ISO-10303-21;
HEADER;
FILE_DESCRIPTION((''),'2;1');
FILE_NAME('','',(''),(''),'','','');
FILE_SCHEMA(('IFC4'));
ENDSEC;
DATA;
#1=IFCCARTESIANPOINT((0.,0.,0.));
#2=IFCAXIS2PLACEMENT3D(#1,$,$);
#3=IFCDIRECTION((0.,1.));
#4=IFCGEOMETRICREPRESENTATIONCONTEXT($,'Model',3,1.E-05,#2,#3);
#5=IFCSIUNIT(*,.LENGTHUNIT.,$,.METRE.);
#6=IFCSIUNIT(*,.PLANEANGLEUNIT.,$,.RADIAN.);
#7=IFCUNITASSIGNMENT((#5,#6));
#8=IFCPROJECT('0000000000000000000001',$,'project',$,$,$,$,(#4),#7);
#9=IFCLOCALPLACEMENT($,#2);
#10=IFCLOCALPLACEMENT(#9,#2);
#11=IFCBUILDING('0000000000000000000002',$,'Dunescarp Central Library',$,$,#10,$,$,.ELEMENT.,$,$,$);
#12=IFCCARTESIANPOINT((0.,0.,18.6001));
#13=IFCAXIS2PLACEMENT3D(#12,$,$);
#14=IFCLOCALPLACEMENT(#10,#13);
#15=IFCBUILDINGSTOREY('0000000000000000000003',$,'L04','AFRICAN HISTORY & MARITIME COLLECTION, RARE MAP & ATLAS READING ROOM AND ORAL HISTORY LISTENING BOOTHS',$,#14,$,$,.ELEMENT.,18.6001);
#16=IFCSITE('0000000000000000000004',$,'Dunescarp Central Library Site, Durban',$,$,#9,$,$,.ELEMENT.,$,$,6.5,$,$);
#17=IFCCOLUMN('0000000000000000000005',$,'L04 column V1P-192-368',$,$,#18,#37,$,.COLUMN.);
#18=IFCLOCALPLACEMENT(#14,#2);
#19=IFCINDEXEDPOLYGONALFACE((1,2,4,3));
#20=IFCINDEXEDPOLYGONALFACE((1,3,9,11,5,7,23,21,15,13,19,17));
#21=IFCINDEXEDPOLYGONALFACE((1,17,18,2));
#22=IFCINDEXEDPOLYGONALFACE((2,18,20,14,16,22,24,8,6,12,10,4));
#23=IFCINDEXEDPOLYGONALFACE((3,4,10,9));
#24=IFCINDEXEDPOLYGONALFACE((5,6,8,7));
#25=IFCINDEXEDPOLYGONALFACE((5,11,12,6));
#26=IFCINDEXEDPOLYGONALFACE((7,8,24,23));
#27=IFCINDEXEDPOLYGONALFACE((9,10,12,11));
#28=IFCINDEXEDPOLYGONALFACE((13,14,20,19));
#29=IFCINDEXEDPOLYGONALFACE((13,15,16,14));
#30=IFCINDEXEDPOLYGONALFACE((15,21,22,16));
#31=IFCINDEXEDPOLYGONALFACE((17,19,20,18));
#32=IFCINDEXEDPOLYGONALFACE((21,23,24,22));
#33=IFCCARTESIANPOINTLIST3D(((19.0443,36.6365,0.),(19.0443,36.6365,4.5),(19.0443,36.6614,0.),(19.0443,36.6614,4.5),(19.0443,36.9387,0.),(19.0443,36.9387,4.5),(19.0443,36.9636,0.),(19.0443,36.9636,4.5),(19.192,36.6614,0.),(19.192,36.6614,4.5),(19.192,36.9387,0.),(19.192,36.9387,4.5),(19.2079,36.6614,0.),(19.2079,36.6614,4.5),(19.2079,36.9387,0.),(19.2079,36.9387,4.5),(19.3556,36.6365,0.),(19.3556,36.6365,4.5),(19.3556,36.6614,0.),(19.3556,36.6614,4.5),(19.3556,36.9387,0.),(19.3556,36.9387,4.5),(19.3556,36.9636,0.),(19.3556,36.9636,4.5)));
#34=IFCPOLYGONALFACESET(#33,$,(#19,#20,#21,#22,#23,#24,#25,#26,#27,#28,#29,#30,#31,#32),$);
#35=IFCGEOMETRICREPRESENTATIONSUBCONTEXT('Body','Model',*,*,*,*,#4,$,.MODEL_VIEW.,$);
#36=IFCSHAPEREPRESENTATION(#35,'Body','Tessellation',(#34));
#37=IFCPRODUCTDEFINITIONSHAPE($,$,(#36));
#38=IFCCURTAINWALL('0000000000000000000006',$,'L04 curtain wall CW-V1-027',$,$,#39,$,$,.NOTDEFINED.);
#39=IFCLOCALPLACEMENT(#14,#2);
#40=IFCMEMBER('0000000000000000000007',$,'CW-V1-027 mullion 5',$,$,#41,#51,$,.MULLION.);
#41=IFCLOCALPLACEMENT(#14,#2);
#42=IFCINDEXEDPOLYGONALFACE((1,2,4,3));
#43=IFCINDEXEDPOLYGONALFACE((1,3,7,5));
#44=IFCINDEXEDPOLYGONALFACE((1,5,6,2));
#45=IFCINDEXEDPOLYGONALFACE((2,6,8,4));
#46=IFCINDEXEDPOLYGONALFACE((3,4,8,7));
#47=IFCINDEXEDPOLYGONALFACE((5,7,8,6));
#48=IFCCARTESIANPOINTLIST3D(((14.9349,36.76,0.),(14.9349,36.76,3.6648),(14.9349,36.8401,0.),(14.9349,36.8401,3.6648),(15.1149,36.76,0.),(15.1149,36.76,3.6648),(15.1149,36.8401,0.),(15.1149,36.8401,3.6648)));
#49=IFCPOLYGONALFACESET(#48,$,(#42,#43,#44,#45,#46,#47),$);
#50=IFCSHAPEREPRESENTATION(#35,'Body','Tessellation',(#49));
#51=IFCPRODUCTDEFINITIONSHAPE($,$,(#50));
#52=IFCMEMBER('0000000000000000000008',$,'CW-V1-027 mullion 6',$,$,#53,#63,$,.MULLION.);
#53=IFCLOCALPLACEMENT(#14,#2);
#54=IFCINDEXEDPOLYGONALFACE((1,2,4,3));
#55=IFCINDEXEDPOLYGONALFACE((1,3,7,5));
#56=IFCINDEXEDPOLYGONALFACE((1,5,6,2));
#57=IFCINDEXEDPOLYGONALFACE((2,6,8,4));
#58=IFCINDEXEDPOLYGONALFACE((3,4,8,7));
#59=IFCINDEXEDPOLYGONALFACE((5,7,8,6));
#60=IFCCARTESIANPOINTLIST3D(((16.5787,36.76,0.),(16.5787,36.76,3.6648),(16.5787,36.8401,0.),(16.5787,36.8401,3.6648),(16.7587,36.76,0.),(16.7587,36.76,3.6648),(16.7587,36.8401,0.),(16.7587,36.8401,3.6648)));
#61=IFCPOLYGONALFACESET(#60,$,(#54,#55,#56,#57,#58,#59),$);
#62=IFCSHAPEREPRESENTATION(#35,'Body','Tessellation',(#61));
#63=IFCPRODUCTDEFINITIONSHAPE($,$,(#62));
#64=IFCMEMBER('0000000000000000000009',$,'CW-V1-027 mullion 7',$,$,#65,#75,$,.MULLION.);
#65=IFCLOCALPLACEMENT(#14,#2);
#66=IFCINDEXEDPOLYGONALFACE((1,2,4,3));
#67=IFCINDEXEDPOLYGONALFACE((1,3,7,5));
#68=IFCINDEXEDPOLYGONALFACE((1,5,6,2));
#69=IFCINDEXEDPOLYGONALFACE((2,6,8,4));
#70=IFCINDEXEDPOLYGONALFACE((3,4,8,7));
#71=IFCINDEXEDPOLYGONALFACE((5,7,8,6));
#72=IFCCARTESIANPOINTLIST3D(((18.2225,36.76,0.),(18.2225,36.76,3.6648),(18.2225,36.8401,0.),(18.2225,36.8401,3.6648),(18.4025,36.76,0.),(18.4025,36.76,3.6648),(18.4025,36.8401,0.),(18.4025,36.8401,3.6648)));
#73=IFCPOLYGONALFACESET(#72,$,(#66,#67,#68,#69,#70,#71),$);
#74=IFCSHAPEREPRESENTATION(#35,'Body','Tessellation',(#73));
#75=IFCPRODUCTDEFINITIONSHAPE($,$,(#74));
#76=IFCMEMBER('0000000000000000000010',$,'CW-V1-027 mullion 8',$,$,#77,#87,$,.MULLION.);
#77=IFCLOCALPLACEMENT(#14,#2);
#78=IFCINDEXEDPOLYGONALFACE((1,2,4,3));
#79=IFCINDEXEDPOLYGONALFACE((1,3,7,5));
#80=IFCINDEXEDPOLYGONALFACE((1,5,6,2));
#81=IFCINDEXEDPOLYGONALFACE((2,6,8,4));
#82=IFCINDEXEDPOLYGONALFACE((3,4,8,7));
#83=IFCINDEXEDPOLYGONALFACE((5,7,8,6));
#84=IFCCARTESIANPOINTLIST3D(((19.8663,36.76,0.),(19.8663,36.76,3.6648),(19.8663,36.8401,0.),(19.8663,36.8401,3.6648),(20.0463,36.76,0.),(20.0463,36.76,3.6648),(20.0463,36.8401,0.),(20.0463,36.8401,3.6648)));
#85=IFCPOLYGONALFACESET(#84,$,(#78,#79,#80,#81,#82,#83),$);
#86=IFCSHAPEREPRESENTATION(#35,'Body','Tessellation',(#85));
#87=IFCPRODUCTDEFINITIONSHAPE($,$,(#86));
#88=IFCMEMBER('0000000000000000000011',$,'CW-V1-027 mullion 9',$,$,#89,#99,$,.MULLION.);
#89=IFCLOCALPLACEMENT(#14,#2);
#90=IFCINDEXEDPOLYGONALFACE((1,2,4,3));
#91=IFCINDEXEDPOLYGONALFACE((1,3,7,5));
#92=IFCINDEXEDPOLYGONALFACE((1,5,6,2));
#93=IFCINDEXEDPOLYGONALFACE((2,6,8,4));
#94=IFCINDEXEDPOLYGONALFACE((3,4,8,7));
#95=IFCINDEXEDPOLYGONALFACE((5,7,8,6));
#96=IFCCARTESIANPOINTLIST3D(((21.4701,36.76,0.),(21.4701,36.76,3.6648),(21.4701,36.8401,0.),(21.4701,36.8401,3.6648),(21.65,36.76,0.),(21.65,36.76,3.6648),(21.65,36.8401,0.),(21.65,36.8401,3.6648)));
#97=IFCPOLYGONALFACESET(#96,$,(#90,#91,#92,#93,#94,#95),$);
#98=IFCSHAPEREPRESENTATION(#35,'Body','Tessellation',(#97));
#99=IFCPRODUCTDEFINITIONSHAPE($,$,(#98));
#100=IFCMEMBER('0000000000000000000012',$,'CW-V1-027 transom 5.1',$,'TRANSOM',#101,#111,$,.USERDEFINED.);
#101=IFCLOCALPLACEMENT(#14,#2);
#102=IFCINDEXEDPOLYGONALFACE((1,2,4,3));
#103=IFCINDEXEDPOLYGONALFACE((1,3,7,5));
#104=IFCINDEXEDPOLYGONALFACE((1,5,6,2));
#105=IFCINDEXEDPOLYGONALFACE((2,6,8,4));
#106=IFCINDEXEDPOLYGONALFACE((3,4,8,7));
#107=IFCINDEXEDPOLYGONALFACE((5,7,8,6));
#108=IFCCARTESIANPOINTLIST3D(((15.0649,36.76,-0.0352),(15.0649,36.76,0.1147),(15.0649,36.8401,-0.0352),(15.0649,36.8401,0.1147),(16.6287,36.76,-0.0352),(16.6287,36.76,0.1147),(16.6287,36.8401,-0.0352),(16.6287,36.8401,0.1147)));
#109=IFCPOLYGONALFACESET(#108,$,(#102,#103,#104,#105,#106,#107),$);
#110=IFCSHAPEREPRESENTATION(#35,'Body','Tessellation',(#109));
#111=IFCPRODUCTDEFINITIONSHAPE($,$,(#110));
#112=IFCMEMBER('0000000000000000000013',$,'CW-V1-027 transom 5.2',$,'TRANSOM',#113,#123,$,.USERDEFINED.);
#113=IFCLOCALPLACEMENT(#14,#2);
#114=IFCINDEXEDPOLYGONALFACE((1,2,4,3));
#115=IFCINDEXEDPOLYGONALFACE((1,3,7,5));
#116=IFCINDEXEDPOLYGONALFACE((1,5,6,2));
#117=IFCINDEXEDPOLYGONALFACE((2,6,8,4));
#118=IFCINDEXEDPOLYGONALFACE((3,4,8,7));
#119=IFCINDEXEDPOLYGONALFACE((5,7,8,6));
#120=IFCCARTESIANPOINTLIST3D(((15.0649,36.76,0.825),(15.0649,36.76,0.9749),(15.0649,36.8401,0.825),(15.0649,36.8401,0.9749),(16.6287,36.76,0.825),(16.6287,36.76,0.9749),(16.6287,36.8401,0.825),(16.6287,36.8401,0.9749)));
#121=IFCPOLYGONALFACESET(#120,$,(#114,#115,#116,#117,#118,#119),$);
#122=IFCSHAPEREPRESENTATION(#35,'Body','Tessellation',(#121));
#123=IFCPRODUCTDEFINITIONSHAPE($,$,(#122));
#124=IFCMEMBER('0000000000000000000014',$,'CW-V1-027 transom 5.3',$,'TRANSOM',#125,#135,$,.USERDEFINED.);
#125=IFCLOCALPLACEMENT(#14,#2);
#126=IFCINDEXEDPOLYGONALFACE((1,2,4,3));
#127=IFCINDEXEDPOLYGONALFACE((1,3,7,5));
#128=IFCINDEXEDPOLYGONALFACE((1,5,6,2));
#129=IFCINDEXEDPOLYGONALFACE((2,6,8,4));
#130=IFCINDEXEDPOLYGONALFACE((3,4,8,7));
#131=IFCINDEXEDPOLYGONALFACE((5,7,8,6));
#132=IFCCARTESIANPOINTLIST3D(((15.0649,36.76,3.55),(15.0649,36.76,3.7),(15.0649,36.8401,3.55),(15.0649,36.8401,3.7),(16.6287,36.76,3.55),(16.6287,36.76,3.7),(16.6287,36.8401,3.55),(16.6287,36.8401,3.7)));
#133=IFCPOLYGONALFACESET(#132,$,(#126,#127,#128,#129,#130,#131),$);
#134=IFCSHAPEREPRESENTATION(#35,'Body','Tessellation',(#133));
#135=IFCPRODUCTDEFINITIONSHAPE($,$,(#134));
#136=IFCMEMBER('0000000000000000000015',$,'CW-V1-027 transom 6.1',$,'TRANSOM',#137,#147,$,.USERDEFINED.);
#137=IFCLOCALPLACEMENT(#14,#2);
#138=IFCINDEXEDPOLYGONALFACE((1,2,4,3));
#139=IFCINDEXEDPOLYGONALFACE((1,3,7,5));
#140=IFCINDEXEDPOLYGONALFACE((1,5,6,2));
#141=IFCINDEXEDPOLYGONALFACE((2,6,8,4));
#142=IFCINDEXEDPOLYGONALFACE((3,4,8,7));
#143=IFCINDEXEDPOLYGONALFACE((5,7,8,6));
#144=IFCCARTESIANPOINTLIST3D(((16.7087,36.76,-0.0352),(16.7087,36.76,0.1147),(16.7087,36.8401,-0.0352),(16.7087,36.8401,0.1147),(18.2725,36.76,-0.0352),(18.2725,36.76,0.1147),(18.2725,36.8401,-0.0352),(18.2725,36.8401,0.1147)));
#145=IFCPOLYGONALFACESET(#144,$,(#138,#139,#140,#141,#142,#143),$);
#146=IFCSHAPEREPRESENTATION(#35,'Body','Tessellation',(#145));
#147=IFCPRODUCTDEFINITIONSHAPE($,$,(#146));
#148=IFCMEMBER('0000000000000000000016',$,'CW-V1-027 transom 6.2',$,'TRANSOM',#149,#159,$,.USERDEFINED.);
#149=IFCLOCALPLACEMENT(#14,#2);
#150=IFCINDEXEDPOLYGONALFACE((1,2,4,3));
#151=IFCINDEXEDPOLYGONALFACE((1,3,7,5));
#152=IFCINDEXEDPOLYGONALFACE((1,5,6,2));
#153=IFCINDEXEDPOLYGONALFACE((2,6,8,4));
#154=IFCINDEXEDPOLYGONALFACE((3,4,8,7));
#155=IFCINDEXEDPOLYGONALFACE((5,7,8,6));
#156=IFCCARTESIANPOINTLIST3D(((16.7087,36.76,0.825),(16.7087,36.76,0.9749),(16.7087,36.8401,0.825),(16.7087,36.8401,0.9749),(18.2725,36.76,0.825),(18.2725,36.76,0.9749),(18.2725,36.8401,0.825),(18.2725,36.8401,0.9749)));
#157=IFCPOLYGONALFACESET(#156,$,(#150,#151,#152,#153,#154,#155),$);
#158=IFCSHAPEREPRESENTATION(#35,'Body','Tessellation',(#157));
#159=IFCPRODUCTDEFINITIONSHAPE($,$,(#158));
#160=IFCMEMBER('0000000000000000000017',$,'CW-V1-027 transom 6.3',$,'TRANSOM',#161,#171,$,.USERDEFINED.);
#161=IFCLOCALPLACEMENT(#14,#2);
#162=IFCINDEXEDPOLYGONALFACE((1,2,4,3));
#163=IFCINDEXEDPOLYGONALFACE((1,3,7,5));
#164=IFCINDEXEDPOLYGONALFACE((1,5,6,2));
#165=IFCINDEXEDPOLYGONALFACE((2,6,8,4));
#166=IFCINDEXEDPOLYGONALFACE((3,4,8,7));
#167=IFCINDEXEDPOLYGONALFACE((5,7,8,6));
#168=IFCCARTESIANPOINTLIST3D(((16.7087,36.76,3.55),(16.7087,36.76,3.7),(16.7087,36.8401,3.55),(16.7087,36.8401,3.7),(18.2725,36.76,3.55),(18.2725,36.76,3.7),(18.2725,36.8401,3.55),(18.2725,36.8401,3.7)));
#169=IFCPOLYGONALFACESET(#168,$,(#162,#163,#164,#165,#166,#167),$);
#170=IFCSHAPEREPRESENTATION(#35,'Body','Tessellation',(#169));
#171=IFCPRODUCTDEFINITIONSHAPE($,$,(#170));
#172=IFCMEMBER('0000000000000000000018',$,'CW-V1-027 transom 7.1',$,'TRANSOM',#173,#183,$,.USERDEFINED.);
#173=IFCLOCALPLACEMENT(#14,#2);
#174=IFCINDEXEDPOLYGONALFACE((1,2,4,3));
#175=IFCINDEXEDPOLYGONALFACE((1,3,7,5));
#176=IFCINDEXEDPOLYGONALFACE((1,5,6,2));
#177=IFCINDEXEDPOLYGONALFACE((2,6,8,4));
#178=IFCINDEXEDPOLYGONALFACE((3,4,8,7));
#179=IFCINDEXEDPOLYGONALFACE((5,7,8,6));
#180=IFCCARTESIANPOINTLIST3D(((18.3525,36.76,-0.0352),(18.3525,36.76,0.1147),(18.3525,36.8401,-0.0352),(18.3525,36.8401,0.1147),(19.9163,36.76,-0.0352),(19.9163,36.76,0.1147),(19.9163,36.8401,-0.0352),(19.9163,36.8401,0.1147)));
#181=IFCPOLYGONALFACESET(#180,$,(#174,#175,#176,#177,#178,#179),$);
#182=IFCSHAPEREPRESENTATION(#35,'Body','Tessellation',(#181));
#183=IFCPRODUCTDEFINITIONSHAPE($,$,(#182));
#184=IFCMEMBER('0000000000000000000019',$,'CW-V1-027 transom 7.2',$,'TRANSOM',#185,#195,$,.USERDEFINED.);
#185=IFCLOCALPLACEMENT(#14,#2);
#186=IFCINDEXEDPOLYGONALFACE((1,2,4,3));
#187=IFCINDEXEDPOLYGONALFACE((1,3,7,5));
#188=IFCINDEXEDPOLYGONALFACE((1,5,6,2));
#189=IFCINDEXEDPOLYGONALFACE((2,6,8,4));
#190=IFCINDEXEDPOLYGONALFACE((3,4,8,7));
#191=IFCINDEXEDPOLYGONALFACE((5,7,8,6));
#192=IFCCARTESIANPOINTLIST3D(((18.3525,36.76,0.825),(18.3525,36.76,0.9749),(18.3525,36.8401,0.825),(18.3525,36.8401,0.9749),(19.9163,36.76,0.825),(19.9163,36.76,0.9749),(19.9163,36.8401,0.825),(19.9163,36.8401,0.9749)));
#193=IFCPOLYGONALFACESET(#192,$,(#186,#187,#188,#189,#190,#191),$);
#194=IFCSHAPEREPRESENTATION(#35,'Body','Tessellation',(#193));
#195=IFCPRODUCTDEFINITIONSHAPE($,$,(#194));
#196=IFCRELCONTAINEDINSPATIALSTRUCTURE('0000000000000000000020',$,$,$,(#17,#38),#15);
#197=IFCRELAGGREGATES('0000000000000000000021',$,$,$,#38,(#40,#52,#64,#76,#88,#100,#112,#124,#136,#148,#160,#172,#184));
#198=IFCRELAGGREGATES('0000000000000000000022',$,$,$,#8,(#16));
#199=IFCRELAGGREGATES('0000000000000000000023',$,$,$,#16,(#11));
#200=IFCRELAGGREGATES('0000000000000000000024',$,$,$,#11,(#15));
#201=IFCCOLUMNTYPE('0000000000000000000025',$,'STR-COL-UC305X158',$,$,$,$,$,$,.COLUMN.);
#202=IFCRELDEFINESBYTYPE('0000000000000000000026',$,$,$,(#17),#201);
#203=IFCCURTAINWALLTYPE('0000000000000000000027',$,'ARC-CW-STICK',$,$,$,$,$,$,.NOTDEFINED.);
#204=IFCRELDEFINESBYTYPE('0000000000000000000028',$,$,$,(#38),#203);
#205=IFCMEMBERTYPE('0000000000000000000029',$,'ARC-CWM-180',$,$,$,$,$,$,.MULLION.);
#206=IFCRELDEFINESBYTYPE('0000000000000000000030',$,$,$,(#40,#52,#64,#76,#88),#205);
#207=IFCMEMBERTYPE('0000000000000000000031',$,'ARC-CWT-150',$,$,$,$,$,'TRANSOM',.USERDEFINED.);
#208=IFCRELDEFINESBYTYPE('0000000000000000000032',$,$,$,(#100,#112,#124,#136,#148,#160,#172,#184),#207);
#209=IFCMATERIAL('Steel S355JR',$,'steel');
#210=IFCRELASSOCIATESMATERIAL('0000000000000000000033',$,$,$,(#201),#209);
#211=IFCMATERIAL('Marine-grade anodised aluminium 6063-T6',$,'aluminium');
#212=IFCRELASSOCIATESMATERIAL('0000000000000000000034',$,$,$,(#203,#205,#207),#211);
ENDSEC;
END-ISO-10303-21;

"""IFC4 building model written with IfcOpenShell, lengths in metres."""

from ifc_helpers import new_model, si_unit, direction, frame, origin, origin_2d, place, context, subcontext, project, spatial, rectangle, i_section, extrude, material, material_profile, profile_set, type_object, element, aggregate, save


model = new_model("IFC4")

# Units and contexts
model_context = context("Model", 3, precision=1e-05, world=origin(), true_north=direction((0.0, 1.0)))
body_context = subcontext(model_context, "Body", "Model", "MODEL_VIEW")
ifc_project = project(units=[si_unit("LENGTHUNIT", "METRE"), si_unit("PLANEANGLEUNIT", "RADIAN")], contexts=[model_context])

# Site, building, storey
site_placement = place(None, origin())
site = spatial("IfcSite", under=ifc_project, at=site_placement, Name="Dunescarp Central Library Site, Durban", CompositionType="ELEMENT", RefElevation=6.5)
building_placement = place(site_placement, origin())
building = spatial("IfcBuilding", under=site, at=building_placement, Name="Dunescarp Central Library", CompositionType="ELEMENT")
storey_placement = place(building_placement, frame((0.0, 0.0, 18.6001)))
storey = spatial("IfcBuildingStorey", under=building, at=storey_placement, Name="L04", Description="AFRICAN HISTORY & MARITIME COLLECTION, RARE MAP & ATLAS READING ROOM AND ORAL HISTORY LISTENING BOOTHS", CompositionType="ELEMENT", Elevation=18.6001)

# Column
ifc_material_1 = material(Name="Steel S355JR", Category="steel")
ifc_material_profile_1 = material_profile(ifc_material_1, i_section(OverallWidth=0.3113, OverallDepth=0.3271, WebThickness=0.0159, FlangeThickness=0.0249, at=origin_2d()), Name="UC 305x305x158")
ifc_profile_set_1 = profile_set([ifc_material_profile_1], Name="Steel S355JR")
column_type = type_object("IfcColumnType", Name="STR-COL-UC305X158", PredefinedType="COLUMN", material=ifc_profile_set_1)
column_placement = place(storey_placement, frame((19.2, 36.8, 0.0), z_axis=(0.0, 0.0, 1.0), x_axis=(1.0, 0.0, 0.0)))
element("IfcColumn", 1, at=column_placement, inside=storey, type_object=column_type, Name="L04 column V1P-192-368", PredefinedType="COLUMN", context=body_context, shape_type="SweptSolid", body=[
    extrude(i_section(OverallWidth=0.3113, OverallDepth=0.3271, WebThickness=0.0159, FlangeThickness=0.0249, at=origin_2d()), origin(), (0.0, 0.0, 1.0), 4.5),
])

# Curtain wall, members
ifc_material_2 = material(Name="Marine-grade anodised aluminium 6063-T6", Category="aluminium")
curtain_wall_type = type_object("IfcCurtainWallType", Name="ARC-CW-STICK", PredefinedType="NOTDEFINED", material=ifc_material_2)
curtain_wall_placement = place(storey_placement, origin())
curtain_wall = element("IfcCurtainWall", 2, at=curtain_wall_placement, inside=storey, type_object=curtain_wall_type, Name="L04 curtain wall CW-V1-027", PredefinedType="NOTDEFINED")
ifc_material_profile_2 = material_profile(ifc_material_2, rectangle(XDim=0.0801, YDim=0.1799, at=origin_2d()), Name="AL 80x180")
ifc_profile_set_2 = profile_set([ifc_material_profile_2], Name="Marine-grade anodised aluminium 6063-T6")
member_type_1 = type_object("IfcMemberType", Name="ARC-CWM-180", PredefinedType="MULLION", material=ifc_profile_set_2)
member_1_placement = place(storey_placement, frame((15.0249, 36.8, 0.0), z_axis=(0.0, 0.0, 1.0), x_axis=(0.0, 1.0, 0.0)))
member_1 = element("IfcMember", 3, at=member_1_placement, type_object=member_type_1, Name="CW-V1-027 mullion 5", PredefinedType="MULLION", context=body_context, shape_type="SweptSolid", body=[
    extrude(rectangle(XDim=0.0801, YDim=0.1799, at=origin_2d()), origin(), (0.0, 0.0, 1.0), 3.6648),
])
member_2_placement = place(storey_placement, frame((16.6687, 36.8, 0.0), z_axis=(0.0, 0.0, 1.0), x_axis=(0.0, 1.0, 0.0)))
member_2 = element("IfcMember", 4, at=member_2_placement, type_object=member_type_1, Name="CW-V1-027 mullion 6", PredefinedType="MULLION", context=body_context, shape_type="SweptSolid", body=[
    extrude(rectangle(XDim=0.0801, YDim=0.1799, at=origin_2d()), origin(), (0.0, 0.0, 1.0), 3.6648),
])
member_3_placement = place(storey_placement, frame((18.3125, 36.8, 0.0), z_axis=(0.0, 0.0, 1.0), x_axis=(0.0, 1.0, 0.0)))
member_3 = element("IfcMember", 5, at=member_3_placement, type_object=member_type_1, Name="CW-V1-027 mullion 7", PredefinedType="MULLION", context=body_context, shape_type="SweptSolid", body=[
    extrude(rectangle(XDim=0.0801, YDim=0.1799, at=origin_2d()), origin(), (0.0, 0.0, 1.0), 3.6648),
])
member_4_placement = place(storey_placement, frame((19.9563, 36.8, 0.0), z_axis=(0.0, 0.0, 1.0), x_axis=(0.0, 1.0, 0.0)))
member_4 = element("IfcMember", 6, at=member_4_placement, type_object=member_type_1, Name="CW-V1-027 mullion 8", PredefinedType="MULLION", context=body_context, shape_type="SweptSolid", body=[
    extrude(rectangle(XDim=0.0801, YDim=0.1799, at=origin_2d()), origin(), (0.0, 0.0, 1.0), 3.6648),
])
member_5_placement = place(storey_placement, frame((21.5601, 36.8, 0.0), z_axis=(0.0, 0.0, 1.0), x_axis=(0.0, 1.0, 0.0)))
member_5 = element("IfcMember", 7, at=member_5_placement, type_object=member_type_1, Name="CW-V1-027 mullion 9", PredefinedType="MULLION", context=body_context, shape_type="SweptSolid", body=[
    extrude(rectangle(XDim=0.0801, YDim=0.1799, at=origin_2d()), origin(), (0.0, 0.0, 1.0), 3.6648),
])
ifc_material_profile_3 = material_profile(ifc_material_2, rectangle(XDim=0.0801, YDim=0.1499, at=origin_2d()), Name="AL 80x150")
ifc_profile_set_3 = profile_set([ifc_material_profile_3], Name="Marine-grade anodised aluminium 6063-T6")
member_type_2 = type_object("IfcMemberType", Name="ARC-CWT-150", ElementType="TRANSOM", PredefinedType="USERDEFINED", material=ifc_profile_set_3)
member_6_placement = place(storey_placement, frame((15.0649, 36.8, 0.0398), z_axis=(1.0, 0.0, 0.0), x_axis=(0.0, 1.0, 0.0)))
member_6 = element("IfcMember", 8, at=member_6_placement, type_object=member_type_2, Name="CW-V1-027 transom 5.1", ObjectType="TRANSOM", PredefinedType="USERDEFINED", context=body_context, shape_type="SweptSolid", body=[
    extrude(rectangle(XDim=0.0801, YDim=0.1499, at=origin_2d()), origin(), (0.0, 0.0, 1.0), 1.5637),
])
member_7_placement = place(storey_placement, frame((15.0649, 36.8, 0.8999), z_axis=(1.0, 0.0, 0.0), x_axis=(0.0, 1.0, 0.0)))
member_7 = element("IfcMember", 9, at=member_7_placement, type_object=member_type_2, Name="CW-V1-027 transom 5.2", ObjectType="TRANSOM", PredefinedType="USERDEFINED", context=body_context, shape_type="SweptSolid", body=[
    extrude(rectangle(XDim=0.0801, YDim=0.1499, at=origin_2d()), origin(), (0.0, 0.0, 1.0), 1.5637),
])
member_8_placement = place(storey_placement, frame((15.0649, 36.8, 3.625), z_axis=(1.0, 0.0, 0.0), x_axis=(0.0, 1.0, 0.0)))
member_8 = element("IfcMember", 10, at=member_8_placement, type_object=member_type_2, Name="CW-V1-027 transom 5.3", ObjectType="TRANSOM", PredefinedType="USERDEFINED", context=body_context, shape_type="SweptSolid", body=[
    extrude(rectangle(XDim=0.0801, YDim=0.1499, at=origin_2d()), origin(), (0.0, 0.0, 1.0), 1.5637),
])
member_9_placement = place(storey_placement, frame((16.7087, 36.8, 0.0398), z_axis=(1.0, 0.0, 0.0), x_axis=(0.0, 1.0, 0.0)))
member_9 = element("IfcMember", 11, at=member_9_placement, type_object=member_type_2, Name="CW-V1-027 transom 6.1", ObjectType="TRANSOM", PredefinedType="USERDEFINED", context=body_context, shape_type="SweptSolid", body=[
    extrude(rectangle(XDim=0.0801, YDim=0.1499, at=origin_2d()), origin(), (0.0, 0.0, 1.0), 1.5637),
])
member_10_placement = place(storey_placement, frame((16.7087, 36.8, 0.8999), z_axis=(1.0, 0.0, 0.0), x_axis=(0.0, 1.0, 0.0)))
member_10 = element("IfcMember", 12, at=member_10_placement, type_object=member_type_2, Name="CW-V1-027 transom 6.2", ObjectType="TRANSOM", PredefinedType="USERDEFINED", context=body_context, shape_type="SweptSolid", body=[
    extrude(rectangle(XDim=0.0801, YDim=0.1499, at=origin_2d()), origin(), (0.0, 0.0, 1.0), 1.5637),
])
member_11_placement = place(storey_placement, frame((16.7087, 36.8, 3.625), z_axis=(1.0, 0.0, 0.0), x_axis=(0.0, 1.0, 0.0)))
member_11 = element("IfcMember", 13, at=member_11_placement, type_object=member_type_2, Name="CW-V1-027 transom 6.3", ObjectType="TRANSOM", PredefinedType="USERDEFINED", context=body_context, shape_type="SweptSolid", body=[
    extrude(rectangle(XDim=0.0801, YDim=0.1499, at=origin_2d()), origin(), (0.0, 0.0, 1.0), 1.5637),
])
member_12_placement = place(storey_placement, frame((18.3525, 36.8, 0.0398), z_axis=(1.0, 0.0, 0.0), x_axis=(0.0, 1.0, 0.0)))
member_12 = element("IfcMember", 14, at=member_12_placement, type_object=member_type_2, Name="CW-V1-027 transom 7.1", ObjectType="TRANSOM", PredefinedType="USERDEFINED", context=body_context, shape_type="SweptSolid", body=[
    extrude(rectangle(XDim=0.0801, YDim=0.1499, at=origin_2d()), origin(), (0.0, 0.0, 1.0), 1.5637),
])
member_13_placement = place(storey_placement, frame((18.3525, 36.8, 0.8999), z_axis=(1.0, 0.0, 0.0), x_axis=(0.0, 1.0, 0.0)))
member_13 = element("IfcMember", 15, at=member_13_placement, type_object=member_type_2, Name="CW-V1-027 transom 7.2", ObjectType="TRANSOM", PredefinedType="USERDEFINED", context=body_context, shape_type="SweptSolid", body=[
    extrude(rectangle(XDim=0.0801, YDim=0.1499, at=origin_2d()), origin(), (0.0, 0.0, 1.0), 1.5637),
])
aggregate(curtain_wall, [member_1, member_2, member_3, member_4, member_5, member_6, member_7, member_8, member_9, member_10, member_11, member_12, member_13])

save(model, "model.ifc")
